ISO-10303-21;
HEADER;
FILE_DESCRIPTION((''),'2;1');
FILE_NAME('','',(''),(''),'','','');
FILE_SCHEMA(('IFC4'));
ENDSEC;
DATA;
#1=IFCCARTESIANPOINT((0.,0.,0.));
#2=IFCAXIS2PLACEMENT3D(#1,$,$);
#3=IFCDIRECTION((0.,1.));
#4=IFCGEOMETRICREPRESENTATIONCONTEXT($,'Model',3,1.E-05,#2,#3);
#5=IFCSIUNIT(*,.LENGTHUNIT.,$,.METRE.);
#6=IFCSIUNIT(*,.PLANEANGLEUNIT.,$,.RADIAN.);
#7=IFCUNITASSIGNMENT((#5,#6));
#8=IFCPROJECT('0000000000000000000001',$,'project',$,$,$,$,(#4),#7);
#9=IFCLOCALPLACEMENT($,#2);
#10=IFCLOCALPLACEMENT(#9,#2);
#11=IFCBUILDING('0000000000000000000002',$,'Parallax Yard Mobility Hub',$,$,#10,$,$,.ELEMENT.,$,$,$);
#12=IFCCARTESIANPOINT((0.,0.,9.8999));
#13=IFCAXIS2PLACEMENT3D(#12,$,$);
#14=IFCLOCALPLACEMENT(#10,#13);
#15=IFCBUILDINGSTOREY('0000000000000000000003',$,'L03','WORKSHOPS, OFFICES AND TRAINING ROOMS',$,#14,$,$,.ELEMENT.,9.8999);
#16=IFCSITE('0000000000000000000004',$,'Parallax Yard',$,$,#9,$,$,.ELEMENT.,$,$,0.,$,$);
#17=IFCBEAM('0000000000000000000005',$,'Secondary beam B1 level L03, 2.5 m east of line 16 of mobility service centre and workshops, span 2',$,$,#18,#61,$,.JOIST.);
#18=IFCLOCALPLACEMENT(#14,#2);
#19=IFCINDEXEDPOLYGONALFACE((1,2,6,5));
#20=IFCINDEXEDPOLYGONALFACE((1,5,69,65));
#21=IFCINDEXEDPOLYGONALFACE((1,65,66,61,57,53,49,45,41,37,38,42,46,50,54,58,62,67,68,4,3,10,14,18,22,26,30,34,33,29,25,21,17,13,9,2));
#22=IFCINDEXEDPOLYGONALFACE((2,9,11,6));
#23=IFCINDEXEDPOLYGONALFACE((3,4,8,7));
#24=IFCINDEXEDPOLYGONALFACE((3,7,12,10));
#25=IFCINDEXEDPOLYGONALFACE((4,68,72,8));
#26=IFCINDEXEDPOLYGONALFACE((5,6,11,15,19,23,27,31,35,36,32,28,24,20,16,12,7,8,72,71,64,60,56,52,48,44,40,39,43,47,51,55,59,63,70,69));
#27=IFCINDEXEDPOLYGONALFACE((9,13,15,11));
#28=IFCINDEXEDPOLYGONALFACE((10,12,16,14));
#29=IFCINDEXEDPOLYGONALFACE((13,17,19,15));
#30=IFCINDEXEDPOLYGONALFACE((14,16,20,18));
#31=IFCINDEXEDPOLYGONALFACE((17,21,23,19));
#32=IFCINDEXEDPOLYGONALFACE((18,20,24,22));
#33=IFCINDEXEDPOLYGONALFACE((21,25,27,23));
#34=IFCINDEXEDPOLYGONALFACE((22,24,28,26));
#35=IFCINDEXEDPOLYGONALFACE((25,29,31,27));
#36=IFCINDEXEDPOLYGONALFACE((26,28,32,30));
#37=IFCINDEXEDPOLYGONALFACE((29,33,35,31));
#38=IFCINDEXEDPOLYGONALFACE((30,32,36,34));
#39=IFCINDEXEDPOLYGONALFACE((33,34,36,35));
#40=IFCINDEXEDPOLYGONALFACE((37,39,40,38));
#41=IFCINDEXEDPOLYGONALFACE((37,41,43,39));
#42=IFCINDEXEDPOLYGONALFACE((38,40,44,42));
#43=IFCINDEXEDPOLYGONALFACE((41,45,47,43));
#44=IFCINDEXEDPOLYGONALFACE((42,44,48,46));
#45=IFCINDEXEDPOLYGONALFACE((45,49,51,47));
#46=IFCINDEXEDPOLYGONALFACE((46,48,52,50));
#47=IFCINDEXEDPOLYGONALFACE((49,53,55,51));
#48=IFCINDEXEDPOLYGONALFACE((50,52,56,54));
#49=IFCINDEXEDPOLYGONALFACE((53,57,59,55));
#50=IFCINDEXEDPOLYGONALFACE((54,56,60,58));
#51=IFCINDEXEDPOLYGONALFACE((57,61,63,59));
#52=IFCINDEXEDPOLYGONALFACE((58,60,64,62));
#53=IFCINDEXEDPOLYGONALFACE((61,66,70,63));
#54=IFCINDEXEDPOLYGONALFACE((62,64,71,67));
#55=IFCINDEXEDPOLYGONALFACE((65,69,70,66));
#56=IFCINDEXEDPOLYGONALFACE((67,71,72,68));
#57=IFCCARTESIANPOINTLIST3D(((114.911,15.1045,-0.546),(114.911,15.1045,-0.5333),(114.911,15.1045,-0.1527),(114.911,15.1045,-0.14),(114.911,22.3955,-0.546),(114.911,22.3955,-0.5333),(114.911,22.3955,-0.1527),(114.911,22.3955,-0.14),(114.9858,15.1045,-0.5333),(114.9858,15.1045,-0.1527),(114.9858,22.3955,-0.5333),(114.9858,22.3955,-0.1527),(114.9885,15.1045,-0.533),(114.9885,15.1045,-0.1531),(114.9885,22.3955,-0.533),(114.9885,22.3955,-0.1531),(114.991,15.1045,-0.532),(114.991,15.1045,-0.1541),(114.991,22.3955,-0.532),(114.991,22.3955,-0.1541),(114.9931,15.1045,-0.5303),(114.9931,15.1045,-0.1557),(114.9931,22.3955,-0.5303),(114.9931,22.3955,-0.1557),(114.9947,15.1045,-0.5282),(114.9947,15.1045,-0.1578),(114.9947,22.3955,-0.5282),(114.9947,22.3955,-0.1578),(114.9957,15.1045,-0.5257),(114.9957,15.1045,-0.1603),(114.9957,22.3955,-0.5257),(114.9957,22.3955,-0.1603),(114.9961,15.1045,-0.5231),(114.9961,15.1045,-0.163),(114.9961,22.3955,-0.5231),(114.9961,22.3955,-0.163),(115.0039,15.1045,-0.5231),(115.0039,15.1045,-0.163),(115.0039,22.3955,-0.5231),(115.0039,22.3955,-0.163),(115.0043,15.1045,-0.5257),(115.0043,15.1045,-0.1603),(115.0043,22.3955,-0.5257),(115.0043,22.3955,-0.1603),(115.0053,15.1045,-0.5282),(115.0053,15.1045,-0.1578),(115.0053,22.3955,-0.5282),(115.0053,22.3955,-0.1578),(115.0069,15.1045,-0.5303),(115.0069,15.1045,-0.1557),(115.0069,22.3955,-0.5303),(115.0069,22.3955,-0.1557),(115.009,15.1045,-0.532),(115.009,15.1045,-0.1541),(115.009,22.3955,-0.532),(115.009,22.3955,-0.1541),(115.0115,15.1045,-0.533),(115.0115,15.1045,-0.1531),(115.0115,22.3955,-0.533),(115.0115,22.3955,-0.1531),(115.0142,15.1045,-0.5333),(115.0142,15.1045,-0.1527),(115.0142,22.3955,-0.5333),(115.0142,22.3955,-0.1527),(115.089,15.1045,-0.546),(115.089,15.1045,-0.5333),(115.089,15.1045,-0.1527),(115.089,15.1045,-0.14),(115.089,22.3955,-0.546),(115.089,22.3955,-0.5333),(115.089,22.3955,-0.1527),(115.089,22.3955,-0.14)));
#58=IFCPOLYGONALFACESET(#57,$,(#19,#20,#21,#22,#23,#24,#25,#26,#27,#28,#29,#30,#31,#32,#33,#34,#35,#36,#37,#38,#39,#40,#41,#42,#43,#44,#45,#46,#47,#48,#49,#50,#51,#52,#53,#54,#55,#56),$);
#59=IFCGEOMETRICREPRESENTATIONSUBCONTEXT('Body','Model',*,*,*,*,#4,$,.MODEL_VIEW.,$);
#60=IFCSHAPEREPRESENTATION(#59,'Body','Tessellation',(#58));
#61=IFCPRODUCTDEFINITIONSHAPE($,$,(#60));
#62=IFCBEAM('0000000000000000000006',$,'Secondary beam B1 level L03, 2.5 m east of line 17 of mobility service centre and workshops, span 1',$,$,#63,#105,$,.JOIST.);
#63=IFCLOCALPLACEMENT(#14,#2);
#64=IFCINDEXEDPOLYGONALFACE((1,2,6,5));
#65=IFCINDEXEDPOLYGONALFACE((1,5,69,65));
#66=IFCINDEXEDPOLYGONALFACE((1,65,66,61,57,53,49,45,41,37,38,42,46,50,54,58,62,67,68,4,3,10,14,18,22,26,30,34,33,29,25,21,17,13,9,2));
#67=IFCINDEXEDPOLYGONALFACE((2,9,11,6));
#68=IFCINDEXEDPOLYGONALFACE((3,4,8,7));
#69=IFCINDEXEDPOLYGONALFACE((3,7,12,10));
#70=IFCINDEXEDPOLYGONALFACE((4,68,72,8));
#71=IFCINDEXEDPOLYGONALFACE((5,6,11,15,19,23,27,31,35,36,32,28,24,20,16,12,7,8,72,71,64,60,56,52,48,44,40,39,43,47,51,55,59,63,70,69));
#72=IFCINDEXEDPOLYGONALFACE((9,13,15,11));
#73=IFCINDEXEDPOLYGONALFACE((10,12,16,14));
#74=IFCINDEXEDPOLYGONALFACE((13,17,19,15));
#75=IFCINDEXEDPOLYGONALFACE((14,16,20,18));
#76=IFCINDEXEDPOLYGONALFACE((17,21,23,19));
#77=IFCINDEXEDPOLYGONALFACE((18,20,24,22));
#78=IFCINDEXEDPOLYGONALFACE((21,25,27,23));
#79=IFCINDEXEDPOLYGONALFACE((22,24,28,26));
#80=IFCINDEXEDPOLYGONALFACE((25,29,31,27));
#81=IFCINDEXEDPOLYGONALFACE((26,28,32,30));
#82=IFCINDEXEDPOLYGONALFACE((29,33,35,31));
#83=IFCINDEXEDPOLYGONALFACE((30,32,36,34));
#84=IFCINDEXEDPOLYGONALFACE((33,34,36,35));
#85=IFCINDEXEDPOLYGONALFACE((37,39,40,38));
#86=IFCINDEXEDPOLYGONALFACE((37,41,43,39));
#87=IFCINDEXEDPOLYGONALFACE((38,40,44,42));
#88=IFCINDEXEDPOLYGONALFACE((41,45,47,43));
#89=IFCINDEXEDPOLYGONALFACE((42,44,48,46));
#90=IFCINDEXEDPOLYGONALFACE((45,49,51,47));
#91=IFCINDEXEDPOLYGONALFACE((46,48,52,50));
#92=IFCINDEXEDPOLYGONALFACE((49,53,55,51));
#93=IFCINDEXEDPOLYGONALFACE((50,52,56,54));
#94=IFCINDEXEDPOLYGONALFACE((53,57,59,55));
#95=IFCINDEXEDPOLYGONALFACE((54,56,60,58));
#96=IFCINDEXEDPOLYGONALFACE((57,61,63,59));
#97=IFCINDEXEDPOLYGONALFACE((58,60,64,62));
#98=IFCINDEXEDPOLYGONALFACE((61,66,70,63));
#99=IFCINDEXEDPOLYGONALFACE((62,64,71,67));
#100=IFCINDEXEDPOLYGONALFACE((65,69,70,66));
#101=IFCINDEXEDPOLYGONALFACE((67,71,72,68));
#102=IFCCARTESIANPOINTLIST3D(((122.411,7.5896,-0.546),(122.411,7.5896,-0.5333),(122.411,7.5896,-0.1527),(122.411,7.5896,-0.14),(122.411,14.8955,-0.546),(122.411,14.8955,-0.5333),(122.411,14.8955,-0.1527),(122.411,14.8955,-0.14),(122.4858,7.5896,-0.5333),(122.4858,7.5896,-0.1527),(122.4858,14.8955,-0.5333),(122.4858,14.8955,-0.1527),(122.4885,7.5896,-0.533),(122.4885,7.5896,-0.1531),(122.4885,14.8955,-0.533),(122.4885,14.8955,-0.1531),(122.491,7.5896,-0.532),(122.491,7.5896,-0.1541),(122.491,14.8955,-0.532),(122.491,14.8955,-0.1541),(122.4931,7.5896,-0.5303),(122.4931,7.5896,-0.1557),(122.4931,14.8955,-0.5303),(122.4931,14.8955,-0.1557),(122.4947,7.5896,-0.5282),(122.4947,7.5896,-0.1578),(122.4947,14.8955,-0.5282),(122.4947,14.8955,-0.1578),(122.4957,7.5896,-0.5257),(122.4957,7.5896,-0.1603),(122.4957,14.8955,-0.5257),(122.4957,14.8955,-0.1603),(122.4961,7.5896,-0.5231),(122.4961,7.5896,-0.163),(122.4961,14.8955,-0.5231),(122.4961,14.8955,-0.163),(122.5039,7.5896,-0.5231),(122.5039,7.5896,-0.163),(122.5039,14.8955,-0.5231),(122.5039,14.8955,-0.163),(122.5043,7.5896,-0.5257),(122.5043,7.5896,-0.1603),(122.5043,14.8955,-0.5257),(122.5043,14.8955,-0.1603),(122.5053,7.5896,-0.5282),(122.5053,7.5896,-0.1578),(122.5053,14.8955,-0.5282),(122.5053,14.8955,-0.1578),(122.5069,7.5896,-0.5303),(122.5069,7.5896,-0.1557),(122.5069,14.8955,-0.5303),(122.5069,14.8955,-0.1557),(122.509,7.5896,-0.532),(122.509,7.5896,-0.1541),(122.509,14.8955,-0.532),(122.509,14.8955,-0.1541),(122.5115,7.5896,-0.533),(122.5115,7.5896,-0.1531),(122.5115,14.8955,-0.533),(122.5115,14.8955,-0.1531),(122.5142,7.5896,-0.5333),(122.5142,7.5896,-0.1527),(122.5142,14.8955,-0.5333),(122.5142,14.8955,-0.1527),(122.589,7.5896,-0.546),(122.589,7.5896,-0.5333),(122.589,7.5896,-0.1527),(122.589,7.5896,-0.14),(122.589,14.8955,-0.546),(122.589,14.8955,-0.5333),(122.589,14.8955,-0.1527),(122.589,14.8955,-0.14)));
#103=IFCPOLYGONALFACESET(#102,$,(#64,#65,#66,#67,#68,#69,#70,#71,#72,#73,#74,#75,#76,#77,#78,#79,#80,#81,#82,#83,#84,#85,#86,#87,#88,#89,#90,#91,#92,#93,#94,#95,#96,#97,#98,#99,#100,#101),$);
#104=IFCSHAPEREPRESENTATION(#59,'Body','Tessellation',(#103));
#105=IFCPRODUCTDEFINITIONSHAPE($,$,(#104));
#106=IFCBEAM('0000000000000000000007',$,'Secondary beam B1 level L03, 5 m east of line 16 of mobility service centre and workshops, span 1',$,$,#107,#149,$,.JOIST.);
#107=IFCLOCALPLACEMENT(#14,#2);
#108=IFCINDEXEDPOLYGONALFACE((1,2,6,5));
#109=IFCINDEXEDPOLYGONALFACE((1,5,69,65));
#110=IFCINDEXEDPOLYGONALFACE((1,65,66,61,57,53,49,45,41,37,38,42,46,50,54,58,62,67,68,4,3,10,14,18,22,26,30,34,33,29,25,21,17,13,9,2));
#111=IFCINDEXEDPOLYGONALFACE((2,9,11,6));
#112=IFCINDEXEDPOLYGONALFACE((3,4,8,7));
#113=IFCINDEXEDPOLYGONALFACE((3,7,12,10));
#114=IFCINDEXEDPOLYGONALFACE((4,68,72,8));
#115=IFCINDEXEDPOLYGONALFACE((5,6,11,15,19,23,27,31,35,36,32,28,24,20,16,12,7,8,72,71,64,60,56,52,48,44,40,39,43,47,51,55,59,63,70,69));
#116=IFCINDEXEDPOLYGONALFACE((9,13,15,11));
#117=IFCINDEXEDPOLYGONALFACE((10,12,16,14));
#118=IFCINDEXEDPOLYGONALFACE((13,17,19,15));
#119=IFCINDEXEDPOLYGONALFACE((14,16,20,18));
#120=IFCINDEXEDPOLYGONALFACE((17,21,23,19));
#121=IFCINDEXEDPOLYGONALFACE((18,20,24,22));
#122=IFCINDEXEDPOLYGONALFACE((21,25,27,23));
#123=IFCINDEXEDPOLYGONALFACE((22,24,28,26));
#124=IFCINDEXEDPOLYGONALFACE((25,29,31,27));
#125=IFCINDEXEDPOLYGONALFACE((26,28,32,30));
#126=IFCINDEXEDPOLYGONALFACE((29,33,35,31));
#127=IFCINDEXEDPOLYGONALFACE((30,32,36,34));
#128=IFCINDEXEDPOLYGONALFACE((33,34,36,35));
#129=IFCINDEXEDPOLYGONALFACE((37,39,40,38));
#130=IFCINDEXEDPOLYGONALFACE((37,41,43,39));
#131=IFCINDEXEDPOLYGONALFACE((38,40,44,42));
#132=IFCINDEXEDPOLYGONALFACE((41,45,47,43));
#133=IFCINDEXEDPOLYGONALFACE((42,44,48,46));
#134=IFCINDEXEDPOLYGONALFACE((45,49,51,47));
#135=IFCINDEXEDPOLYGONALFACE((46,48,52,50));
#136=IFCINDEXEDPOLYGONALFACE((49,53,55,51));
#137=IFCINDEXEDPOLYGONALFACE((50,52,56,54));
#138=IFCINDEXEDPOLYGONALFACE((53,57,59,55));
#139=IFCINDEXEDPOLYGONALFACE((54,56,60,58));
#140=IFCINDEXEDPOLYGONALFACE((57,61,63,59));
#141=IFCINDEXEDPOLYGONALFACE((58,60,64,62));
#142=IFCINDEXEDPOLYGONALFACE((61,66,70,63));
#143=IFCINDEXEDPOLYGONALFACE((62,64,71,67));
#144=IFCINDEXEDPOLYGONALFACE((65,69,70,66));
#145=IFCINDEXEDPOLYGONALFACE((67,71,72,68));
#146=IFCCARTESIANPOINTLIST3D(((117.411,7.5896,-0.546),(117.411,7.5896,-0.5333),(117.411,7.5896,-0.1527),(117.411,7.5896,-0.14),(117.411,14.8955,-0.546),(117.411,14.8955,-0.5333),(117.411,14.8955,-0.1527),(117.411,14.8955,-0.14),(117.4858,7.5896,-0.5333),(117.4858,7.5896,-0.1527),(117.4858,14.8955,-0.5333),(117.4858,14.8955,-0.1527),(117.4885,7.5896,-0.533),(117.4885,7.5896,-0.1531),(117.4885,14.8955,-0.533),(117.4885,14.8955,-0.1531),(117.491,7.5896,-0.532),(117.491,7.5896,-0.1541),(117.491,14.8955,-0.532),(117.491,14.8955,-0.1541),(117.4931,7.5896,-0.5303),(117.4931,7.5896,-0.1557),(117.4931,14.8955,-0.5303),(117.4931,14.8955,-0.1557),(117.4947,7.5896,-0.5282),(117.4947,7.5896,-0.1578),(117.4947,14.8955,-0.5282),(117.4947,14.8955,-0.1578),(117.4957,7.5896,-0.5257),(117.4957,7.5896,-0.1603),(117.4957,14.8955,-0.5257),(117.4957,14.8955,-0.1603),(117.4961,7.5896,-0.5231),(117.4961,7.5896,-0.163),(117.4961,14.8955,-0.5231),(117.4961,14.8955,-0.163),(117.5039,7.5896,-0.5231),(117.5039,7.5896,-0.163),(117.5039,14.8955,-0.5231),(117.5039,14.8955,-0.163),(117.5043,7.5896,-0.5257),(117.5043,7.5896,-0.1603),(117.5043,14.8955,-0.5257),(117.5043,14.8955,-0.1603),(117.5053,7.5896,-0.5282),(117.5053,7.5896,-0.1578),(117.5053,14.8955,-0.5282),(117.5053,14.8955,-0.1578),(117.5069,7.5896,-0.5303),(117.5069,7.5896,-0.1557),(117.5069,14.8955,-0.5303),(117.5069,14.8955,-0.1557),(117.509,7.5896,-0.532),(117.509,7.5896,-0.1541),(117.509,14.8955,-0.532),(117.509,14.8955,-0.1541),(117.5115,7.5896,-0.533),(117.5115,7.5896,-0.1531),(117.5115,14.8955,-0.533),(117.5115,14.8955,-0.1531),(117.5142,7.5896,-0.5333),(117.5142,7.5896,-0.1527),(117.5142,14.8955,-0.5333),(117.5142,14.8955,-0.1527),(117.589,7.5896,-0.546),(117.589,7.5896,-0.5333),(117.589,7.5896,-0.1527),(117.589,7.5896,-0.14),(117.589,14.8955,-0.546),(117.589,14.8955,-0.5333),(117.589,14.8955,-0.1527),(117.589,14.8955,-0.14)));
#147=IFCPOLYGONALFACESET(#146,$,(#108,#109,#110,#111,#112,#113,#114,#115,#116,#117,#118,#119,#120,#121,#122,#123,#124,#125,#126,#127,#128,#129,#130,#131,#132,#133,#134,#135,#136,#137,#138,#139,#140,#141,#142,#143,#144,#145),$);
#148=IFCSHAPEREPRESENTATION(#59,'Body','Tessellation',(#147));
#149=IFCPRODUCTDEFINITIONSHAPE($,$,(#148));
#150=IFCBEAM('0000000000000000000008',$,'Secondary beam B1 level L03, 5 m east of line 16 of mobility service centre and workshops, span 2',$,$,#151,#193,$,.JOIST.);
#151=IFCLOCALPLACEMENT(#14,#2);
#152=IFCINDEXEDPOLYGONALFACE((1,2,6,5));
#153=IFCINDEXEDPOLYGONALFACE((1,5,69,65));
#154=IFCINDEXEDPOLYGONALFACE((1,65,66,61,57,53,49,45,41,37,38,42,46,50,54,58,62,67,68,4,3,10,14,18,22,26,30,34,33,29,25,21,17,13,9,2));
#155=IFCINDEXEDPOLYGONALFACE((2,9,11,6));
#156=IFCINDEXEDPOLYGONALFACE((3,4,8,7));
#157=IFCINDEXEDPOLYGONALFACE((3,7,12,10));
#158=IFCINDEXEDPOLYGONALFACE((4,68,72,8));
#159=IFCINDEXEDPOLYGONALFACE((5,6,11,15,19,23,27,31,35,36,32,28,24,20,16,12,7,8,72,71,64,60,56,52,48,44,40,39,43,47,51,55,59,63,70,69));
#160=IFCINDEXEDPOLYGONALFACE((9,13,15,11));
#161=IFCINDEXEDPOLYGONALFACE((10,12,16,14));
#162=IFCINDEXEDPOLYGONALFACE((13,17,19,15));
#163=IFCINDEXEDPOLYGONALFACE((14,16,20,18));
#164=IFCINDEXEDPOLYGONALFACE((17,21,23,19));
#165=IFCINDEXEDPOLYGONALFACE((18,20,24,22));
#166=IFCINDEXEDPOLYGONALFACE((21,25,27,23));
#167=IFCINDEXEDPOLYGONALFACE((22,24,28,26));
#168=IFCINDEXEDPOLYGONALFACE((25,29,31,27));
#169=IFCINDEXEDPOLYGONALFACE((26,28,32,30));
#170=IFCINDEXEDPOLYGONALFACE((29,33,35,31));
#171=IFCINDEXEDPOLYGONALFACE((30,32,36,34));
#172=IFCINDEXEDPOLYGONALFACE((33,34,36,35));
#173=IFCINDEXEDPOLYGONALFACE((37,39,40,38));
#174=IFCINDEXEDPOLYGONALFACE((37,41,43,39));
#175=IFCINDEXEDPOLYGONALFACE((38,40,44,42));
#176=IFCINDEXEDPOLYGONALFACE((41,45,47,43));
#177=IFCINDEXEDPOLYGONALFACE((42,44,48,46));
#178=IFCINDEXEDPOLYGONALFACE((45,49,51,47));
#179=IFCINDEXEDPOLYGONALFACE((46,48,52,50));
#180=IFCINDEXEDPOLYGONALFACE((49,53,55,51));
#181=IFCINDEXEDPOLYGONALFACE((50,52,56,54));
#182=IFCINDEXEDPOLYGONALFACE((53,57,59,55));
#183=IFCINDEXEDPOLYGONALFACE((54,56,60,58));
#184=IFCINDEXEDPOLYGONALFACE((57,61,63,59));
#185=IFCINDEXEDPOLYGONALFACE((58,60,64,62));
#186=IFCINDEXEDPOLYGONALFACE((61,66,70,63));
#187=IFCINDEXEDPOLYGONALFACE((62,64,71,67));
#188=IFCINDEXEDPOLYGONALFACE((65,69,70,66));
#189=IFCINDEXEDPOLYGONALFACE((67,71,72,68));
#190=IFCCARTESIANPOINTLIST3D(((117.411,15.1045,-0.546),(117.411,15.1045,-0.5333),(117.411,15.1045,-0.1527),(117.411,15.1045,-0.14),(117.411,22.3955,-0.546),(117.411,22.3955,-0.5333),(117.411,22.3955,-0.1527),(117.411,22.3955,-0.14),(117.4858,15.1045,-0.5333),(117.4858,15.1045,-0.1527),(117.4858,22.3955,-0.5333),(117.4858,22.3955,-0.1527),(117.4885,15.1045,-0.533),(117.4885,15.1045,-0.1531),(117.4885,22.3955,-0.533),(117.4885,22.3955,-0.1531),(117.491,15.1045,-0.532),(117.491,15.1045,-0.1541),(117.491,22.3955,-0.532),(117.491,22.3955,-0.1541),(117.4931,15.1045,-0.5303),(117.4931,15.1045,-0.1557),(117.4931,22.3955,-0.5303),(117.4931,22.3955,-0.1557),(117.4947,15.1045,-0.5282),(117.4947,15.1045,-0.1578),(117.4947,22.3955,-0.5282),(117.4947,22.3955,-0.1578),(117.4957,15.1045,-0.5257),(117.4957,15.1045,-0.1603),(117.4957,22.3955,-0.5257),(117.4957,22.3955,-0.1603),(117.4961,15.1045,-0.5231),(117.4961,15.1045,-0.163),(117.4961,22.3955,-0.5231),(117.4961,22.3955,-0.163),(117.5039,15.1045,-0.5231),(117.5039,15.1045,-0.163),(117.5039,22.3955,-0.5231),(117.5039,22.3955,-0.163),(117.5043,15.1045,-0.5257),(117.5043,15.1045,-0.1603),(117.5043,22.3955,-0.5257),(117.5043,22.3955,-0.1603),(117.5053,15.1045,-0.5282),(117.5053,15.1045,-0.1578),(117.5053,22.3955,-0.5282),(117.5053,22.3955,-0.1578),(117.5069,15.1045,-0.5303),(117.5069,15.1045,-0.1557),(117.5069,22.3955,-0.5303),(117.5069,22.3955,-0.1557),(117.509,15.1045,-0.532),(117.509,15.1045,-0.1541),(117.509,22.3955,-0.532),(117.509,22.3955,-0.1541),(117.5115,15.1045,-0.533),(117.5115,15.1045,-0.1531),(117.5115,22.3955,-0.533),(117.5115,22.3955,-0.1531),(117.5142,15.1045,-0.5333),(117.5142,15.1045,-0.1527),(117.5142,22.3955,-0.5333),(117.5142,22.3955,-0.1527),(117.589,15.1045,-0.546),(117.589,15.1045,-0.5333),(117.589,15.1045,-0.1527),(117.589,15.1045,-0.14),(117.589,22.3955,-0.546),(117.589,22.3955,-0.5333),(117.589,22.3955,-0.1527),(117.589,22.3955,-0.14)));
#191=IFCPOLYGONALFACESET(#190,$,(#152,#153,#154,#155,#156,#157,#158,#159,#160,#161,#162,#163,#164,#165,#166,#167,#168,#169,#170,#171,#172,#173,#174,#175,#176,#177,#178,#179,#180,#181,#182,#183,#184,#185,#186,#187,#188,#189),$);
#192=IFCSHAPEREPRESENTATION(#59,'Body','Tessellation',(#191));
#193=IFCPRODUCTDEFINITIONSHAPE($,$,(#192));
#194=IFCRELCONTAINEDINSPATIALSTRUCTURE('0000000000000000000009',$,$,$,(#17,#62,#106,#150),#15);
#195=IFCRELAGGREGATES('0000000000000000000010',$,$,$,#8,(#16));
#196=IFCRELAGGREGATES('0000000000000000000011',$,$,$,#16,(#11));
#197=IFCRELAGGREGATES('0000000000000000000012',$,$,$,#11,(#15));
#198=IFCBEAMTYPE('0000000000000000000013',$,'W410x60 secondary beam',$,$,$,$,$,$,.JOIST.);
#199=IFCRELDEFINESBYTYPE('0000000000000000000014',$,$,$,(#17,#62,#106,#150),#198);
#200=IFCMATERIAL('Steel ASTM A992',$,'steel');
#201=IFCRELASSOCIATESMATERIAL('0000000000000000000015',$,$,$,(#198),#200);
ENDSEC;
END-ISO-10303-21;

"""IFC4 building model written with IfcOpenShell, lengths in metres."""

from ifc_helpers import new_model, si_unit, direction, frame, origin, origin_2d, place, context, subcontext, project, spatial, i_section, extrude, material, material_profile, profile_set, type_object, element, save


model = new_model("IFC4")

# Units and contexts
model_context = context("Model", 3, precision=1e-05, world=origin(), true_north=direction((0.0, 1.0)))
body_context = subcontext(model_context, "Body", "Model", "MODEL_VIEW")
ifc_project = project(units=[si_unit("LENGTHUNIT", "METRE"), si_unit("PLANEANGLEUNIT", "RADIAN")], contexts=[model_context])

# Site, building, storey
site_placement = place(None, origin())
site = spatial("IfcSite", under=ifc_project, at=site_placement, Name="Parallax Yard", CompositionType="ELEMENT", RefElevation=0.0)
building_placement = place(site_placement, origin())
building = spatial("IfcBuilding", under=site, at=building_placement, Name="Parallax Yard Mobility Hub", CompositionType="ELEMENT")
storey_placement = place(building_placement, frame((0.0, 0.0, 9.8999)))
storey = spatial("IfcBuildingStorey", under=building, at=storey_placement, Name="L03", Description="WORKSHOPS, OFFICES AND TRAINING ROOMS", CompositionType="ELEMENT", Elevation=9.8999)

# Shared definitions
ifc_material_1 = material(Name="Steel ASTM A992", Category="steel")

# Beams
ifc_material_profile_1 = material_profile(ifc_material_1, i_section(OverallWidth=0.178, OverallDepth=0.406, WebThickness=0.0078, FlangeThickness=0.0127, FilletRadius=0.0103, at=origin_2d()), Name="W410x60")
ifc_profile_set_1 = profile_set([ifc_material_profile_1], Name="Steel ASTM A992")
beam_type_1 = type_object("IfcBeamType", Name="W410x60 secondary beam", PredefinedType="JOIST", material=ifc_profile_set_1)
beam_1_placement = place(storey_placement, frame((115.0, 15.1045, -0.343), z_axis=(0.0, 1.0, 0.0), x_axis=(-1.0, 0.0, 0.0)))
element("IfcBeam", 1, at=beam_1_placement, inside=storey, type_object=beam_type_1, Name="Secondary beam B1 level L03, 2.5 m east of line 16 of mobility service centre and workshops, span 2", PredefinedType="JOIST", context=body_context, shape_type="SweptSolid", body=[
    extrude(i_section(OverallWidth=0.178, OverallDepth=0.406, WebThickness=0.0078, FlangeThickness=0.0127, FilletRadius=0.0103, at=origin_2d()), origin(), (0.0, 0.0, 1.0), 7.291),
])
for number, where, z_axis, x_axis, name in (
    (2, (122.5, 7.5896, -0.343), (0.0, 1.0, 0.0), (-1.0, 0.0, 0.0), "Secondary beam B1 level L03, 2.5 m east of line 17 of mobility service centre and workshops, span 1"),
    (3, (117.5, 7.5896, -0.343), (0.0, 1.0, 0.0), (-1.0, 0.0, 0.0), "Secondary beam B1 level L03, 5 m east of line 16 of mobility service centre and workshops, span 1"),
):
    element("IfcBeam", number, at=place(storey_placement, frame(where, z_axis=z_axis, x_axis=x_axis)), inside=storey, type_object=beam_type_1, Name=name, PredefinedType="JOIST", context=body_context, shape_type="SweptSolid", body=[
        extrude(i_section(OverallWidth=0.178, OverallDepth=0.406, WebThickness=0.0078, FlangeThickness=0.0127, FilletRadius=0.0103, at=origin_2d()), origin(), (0.0, 0.0, 1.0), 7.3059),
    ])
beam_2_placement = place(storey_placement, frame((117.5, 15.1045, -0.343), z_axis=(0.0, 1.0, 0.0), x_axis=(-1.0, 0.0, 0.0)))
element("IfcBeam", 4, at=beam_2_placement, inside=storey, type_object=beam_type_1, Name="Secondary beam B1 level L03, 5 m east of line 16 of mobility service centre and workshops, span 2", PredefinedType="JOIST", context=body_context, shape_type="SweptSolid", body=[
    extrude(i_section(OverallWidth=0.178, OverallDepth=0.406, WebThickness=0.0078, FlangeThickness=0.0127, FilletRadius=0.0103, at=origin_2d()), origin(), (0.0, 0.0, 1.0), 7.291),
])

save(model, "model.ifc")
